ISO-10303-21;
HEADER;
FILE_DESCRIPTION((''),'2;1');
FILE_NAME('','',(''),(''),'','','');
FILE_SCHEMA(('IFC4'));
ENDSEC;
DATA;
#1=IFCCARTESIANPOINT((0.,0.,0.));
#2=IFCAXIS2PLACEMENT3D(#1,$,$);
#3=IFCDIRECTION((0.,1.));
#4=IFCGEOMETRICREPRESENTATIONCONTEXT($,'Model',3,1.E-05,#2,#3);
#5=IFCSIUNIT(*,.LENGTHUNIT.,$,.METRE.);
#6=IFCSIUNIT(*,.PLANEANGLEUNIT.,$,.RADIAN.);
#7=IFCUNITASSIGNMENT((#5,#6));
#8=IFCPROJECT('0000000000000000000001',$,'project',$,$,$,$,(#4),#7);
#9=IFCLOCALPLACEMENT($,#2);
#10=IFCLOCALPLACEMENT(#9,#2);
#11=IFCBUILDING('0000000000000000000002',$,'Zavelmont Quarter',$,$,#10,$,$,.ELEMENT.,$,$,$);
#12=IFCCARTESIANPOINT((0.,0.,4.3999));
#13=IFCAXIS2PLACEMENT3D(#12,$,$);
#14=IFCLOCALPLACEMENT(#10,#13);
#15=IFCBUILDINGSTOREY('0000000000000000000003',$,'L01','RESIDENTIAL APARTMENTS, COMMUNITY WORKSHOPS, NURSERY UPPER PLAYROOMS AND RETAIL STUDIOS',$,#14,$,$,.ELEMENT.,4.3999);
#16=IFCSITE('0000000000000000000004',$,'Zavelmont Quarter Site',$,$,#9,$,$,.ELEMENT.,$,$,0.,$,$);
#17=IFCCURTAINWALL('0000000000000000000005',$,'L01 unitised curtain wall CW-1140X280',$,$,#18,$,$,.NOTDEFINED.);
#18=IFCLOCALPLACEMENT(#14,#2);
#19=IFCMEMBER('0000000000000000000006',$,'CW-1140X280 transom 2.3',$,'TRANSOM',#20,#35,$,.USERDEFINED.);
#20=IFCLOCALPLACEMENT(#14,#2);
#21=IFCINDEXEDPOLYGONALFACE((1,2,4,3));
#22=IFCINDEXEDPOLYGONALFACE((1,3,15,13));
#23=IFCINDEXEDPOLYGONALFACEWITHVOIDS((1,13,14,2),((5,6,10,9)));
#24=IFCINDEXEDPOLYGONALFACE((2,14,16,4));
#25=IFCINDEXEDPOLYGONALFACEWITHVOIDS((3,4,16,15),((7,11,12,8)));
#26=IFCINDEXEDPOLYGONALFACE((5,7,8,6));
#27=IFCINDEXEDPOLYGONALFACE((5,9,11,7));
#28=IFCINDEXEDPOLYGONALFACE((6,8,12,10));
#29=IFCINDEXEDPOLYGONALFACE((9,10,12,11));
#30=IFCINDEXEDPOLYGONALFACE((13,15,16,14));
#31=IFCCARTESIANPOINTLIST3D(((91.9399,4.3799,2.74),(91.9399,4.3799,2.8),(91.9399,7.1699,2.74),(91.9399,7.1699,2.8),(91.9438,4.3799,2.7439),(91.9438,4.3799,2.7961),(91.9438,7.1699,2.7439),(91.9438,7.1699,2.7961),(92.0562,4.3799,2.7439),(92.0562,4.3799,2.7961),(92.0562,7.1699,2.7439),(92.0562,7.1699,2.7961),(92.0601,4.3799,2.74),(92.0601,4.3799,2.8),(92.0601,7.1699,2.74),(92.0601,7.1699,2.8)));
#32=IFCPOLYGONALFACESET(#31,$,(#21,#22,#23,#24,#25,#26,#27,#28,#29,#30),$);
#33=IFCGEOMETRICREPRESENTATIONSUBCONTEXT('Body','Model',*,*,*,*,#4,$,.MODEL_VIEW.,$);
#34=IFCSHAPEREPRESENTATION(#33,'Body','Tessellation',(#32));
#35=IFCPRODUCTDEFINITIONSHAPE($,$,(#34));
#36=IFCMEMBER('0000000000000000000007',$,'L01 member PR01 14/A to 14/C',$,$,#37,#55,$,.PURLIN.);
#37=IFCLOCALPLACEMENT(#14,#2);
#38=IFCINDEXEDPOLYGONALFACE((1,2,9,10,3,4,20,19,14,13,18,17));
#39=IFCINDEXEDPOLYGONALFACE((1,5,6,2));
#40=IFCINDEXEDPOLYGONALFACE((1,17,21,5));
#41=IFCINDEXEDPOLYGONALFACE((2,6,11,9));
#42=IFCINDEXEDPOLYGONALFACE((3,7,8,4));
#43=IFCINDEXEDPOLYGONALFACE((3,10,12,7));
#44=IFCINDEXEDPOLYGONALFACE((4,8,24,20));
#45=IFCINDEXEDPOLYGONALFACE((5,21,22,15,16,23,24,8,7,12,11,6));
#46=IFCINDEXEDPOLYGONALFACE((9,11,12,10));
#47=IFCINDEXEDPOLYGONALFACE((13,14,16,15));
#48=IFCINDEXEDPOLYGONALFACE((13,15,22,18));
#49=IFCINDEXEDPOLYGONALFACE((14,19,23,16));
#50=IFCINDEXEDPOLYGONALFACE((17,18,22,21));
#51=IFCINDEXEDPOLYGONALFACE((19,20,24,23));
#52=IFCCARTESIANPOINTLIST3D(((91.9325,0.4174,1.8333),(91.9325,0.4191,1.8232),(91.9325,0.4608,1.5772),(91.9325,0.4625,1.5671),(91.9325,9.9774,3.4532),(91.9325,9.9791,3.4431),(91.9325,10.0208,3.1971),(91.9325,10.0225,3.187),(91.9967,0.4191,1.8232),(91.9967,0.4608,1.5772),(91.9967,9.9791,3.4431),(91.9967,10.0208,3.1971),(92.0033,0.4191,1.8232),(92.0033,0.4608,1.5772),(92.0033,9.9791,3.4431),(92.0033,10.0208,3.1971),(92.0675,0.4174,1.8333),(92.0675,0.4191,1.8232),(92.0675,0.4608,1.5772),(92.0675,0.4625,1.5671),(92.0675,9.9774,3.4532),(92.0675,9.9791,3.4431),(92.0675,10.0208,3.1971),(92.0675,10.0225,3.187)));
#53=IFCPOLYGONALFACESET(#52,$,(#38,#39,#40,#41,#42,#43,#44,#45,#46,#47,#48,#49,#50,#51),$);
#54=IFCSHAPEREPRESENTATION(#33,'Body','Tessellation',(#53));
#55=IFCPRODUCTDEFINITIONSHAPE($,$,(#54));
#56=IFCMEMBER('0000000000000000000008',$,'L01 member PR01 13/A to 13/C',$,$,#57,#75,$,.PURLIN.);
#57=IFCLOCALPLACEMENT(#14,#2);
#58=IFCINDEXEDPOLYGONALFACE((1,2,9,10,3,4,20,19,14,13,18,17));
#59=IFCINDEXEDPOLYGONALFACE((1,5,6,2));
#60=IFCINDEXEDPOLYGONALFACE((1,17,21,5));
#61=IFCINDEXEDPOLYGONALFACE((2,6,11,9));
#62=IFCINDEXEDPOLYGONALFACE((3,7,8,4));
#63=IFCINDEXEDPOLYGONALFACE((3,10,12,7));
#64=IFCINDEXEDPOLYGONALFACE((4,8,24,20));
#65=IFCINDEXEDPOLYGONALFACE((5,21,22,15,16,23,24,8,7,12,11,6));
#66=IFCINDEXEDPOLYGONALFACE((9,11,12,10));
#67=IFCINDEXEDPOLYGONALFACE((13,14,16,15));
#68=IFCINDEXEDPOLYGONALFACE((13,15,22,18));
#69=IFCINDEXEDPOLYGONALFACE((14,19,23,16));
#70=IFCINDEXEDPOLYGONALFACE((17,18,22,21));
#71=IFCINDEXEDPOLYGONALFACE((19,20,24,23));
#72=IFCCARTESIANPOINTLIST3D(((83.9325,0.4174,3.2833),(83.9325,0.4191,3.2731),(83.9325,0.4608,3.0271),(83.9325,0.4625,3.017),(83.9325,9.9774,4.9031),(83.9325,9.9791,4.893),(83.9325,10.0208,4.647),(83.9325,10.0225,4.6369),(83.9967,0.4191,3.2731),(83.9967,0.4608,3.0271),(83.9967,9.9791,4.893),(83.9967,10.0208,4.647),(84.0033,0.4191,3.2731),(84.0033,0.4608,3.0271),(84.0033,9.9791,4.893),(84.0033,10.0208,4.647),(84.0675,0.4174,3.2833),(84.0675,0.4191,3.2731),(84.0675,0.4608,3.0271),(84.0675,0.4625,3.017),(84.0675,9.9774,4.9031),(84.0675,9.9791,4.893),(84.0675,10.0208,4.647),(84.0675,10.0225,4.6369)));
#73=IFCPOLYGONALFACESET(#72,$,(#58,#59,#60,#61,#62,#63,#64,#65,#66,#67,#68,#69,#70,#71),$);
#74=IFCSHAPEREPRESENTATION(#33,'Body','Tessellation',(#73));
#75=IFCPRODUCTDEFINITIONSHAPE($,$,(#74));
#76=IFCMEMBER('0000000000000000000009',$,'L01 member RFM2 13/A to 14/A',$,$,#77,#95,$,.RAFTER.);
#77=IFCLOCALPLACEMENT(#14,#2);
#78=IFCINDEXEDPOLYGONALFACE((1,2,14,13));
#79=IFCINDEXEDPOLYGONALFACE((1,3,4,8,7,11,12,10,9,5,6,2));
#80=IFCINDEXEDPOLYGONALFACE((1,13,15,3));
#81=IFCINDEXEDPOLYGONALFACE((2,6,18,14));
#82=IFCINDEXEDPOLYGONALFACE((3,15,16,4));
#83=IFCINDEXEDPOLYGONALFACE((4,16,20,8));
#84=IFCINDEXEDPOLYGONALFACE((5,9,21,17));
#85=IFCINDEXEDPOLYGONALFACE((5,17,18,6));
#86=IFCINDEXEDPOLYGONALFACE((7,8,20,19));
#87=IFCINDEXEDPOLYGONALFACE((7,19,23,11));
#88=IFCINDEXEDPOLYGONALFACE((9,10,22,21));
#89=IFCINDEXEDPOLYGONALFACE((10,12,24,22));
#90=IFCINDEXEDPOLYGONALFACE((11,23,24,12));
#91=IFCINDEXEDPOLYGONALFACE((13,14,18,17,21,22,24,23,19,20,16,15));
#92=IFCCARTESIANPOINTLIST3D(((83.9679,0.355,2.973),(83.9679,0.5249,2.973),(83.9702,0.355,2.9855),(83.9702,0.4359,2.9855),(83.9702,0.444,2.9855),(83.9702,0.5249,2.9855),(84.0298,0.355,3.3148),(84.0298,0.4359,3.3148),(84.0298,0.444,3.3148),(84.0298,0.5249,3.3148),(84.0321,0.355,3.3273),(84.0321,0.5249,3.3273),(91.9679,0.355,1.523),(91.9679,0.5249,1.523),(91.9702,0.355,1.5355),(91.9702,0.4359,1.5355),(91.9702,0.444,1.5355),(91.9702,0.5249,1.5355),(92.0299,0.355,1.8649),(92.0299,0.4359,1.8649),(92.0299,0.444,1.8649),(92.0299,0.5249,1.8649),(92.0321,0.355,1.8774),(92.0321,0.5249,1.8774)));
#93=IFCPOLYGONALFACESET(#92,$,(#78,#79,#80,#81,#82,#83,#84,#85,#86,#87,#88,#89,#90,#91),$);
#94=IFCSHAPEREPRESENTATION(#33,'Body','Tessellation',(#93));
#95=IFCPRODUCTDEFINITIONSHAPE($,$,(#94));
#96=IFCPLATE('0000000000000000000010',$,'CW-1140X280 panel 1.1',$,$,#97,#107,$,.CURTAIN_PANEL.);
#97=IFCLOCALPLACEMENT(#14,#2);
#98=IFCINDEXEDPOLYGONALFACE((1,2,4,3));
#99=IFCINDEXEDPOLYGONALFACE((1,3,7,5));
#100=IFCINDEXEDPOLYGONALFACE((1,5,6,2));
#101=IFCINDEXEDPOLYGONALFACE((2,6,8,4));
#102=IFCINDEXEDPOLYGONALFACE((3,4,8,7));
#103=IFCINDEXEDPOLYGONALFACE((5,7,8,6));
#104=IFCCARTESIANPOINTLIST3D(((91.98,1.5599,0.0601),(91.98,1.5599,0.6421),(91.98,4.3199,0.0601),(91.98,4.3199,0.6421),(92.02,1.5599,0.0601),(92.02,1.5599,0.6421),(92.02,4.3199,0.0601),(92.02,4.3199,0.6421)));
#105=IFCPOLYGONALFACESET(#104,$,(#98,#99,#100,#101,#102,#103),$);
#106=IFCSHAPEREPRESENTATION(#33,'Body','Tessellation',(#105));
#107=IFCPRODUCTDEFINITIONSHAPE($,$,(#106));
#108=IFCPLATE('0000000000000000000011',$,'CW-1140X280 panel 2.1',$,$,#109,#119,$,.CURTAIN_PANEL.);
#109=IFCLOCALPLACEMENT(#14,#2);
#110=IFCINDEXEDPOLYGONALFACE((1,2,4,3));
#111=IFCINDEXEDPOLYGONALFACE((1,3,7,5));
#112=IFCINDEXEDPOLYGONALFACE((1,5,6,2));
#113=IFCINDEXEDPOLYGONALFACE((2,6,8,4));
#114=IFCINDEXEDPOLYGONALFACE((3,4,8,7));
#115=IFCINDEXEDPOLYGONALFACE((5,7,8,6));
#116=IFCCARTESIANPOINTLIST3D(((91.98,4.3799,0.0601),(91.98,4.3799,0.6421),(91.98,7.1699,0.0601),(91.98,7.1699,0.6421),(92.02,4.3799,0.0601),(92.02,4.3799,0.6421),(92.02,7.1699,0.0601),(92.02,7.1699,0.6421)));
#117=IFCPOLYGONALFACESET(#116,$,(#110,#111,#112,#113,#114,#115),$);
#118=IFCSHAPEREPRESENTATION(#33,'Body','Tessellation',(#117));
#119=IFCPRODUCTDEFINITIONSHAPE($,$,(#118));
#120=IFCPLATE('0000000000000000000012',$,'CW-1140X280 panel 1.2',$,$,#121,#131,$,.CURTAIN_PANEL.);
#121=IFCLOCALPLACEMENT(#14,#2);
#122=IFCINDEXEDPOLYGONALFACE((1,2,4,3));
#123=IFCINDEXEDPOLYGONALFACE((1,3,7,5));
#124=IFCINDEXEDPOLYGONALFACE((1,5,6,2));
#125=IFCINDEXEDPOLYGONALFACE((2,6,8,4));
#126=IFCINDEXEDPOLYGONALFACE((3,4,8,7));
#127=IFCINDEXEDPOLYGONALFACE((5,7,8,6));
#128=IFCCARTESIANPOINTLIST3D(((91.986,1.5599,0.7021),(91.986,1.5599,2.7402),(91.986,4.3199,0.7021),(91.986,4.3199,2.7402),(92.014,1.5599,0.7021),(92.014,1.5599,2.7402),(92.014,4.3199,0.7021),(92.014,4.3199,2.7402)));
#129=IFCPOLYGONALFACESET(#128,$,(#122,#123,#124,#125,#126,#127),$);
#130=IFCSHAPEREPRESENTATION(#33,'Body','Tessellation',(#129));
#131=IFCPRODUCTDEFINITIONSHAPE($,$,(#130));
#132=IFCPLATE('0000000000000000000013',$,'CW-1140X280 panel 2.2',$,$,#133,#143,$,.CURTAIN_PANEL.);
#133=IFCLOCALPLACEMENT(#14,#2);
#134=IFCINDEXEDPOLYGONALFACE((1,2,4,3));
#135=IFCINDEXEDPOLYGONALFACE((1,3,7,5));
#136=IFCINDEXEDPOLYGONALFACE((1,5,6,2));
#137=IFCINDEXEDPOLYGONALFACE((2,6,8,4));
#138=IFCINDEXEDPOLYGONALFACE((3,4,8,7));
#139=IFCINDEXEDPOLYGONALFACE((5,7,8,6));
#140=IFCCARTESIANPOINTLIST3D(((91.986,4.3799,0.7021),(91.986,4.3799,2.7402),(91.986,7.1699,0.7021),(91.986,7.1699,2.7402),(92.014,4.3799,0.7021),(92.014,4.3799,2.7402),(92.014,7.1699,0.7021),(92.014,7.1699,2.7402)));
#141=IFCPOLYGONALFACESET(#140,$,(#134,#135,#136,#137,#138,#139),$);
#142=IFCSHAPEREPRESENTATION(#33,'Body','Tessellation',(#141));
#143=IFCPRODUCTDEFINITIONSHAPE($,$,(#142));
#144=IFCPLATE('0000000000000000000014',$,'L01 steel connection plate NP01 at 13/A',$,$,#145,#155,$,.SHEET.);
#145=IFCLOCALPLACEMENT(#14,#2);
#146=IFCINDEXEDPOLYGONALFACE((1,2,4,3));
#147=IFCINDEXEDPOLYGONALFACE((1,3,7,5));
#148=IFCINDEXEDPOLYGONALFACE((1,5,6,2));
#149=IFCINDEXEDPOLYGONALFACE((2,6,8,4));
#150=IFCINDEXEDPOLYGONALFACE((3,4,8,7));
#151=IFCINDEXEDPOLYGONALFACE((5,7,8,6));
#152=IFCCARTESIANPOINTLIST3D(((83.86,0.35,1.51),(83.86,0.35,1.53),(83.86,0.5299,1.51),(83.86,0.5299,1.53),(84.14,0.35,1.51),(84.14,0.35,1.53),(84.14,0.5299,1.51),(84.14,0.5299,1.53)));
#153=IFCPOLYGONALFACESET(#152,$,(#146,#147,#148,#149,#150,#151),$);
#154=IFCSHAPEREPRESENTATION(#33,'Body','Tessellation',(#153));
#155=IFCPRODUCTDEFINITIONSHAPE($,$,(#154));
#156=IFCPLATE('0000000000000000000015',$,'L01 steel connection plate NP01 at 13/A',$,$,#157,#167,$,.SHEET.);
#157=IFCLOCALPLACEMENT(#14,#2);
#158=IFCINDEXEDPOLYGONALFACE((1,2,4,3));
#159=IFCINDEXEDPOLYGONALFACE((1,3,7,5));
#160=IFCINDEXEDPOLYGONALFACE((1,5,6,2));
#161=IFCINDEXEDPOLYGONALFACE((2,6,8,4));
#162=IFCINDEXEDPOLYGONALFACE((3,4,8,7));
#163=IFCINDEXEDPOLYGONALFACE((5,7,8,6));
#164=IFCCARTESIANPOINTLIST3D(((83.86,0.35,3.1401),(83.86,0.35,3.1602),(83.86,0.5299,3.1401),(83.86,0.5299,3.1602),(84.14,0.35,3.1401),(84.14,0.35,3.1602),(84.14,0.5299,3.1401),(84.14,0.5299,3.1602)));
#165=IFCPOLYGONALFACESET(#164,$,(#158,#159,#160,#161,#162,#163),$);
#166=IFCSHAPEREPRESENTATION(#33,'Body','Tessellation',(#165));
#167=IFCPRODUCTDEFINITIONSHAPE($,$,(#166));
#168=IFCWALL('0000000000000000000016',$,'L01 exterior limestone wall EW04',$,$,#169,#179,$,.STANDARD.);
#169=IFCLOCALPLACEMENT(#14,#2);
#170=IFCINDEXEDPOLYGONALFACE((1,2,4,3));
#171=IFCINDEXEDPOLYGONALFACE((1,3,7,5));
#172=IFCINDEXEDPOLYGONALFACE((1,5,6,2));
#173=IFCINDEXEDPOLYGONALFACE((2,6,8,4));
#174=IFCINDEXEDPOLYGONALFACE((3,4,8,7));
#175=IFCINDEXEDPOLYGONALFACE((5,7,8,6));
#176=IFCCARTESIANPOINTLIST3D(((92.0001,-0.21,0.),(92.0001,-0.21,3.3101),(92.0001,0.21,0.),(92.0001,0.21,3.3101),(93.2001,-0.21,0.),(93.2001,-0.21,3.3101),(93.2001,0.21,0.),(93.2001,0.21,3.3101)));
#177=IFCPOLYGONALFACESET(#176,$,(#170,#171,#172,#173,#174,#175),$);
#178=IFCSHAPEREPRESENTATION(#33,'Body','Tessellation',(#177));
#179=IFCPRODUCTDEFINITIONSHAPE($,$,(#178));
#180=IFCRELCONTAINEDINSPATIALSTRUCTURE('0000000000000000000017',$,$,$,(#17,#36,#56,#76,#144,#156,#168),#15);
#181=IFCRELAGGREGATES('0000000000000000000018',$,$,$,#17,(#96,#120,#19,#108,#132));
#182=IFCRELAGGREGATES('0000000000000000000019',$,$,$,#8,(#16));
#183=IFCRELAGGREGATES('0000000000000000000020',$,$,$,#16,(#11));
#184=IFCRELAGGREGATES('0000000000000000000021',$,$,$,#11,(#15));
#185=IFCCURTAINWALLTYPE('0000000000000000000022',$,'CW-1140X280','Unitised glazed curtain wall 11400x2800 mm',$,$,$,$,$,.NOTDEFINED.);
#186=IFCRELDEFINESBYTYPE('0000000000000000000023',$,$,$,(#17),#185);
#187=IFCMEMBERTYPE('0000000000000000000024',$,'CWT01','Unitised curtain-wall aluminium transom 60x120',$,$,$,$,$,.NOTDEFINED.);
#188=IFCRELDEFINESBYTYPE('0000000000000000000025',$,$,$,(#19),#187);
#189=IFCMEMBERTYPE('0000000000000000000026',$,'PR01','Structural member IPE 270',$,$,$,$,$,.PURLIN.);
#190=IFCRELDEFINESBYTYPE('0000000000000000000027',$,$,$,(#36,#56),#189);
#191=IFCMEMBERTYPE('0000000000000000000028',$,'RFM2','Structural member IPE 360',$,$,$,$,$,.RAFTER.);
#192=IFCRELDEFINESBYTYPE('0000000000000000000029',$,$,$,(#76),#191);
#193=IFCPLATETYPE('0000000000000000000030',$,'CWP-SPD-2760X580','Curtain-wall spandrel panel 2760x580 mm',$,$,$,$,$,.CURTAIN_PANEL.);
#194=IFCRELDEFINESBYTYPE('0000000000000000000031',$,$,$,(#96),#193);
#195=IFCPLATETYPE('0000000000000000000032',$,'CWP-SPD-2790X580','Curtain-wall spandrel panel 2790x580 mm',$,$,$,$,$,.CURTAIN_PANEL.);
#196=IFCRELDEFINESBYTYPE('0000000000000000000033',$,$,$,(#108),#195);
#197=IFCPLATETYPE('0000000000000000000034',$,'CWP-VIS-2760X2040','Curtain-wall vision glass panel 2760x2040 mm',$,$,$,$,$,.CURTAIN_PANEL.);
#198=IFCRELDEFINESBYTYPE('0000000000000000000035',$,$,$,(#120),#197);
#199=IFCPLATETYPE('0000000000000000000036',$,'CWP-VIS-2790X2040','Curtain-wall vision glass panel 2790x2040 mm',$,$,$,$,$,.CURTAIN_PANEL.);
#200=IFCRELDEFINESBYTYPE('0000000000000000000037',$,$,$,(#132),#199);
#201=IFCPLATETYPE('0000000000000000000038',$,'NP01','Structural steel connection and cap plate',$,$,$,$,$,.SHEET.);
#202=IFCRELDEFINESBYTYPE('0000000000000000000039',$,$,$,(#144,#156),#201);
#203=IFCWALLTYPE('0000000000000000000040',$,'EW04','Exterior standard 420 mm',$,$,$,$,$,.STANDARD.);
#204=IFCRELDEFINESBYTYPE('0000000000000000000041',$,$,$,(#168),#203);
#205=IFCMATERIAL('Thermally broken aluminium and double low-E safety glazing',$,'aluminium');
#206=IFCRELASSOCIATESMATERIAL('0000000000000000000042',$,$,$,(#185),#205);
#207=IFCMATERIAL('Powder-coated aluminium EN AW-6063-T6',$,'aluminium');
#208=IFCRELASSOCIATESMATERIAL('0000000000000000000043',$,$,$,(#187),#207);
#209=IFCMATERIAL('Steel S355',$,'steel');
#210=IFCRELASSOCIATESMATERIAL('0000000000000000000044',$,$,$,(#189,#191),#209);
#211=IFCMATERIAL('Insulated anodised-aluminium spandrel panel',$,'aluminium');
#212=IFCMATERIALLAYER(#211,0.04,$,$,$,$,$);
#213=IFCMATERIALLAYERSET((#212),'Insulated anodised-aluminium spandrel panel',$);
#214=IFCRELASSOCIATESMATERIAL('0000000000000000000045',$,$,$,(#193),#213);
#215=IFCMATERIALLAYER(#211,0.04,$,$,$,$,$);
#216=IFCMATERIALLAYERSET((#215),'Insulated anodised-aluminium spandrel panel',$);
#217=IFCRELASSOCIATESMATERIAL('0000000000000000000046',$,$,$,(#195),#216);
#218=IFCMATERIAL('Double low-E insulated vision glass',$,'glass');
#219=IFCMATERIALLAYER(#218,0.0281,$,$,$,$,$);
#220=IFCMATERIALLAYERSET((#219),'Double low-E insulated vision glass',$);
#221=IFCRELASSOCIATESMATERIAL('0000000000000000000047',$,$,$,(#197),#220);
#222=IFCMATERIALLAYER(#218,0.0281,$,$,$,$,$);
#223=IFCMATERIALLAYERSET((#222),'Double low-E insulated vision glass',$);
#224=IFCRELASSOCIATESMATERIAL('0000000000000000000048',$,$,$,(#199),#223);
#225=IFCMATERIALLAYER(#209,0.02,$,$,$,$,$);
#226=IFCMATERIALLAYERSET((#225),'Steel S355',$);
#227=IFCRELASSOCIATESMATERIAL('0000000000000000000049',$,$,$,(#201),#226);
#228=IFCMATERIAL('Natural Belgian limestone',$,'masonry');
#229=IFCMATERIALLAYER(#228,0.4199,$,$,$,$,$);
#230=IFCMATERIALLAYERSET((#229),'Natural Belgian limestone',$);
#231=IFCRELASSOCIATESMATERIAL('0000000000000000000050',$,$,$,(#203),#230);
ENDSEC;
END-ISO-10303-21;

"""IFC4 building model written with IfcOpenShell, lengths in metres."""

from ifc_helpers import new_model, si_unit, direction, frame, frame_2d, origin, origin_2d, place, context, subcontext, project, spatial, rectangle, hollow_rectangle, i_section, extrude, material, layer, layer_set, material_profile, profile_set, type_object, element, aggregate, save


model = new_model("IFC4")

# Units and contexts
model_context = context("Model", 3, precision=1e-05, world=origin(), true_north=direction((0.0, 1.0)))
body_context = subcontext(model_context, "Body", "Model", "MODEL_VIEW")
ifc_project = project(units=[si_unit("LENGTHUNIT", "METRE"), si_unit("PLANEANGLEUNIT", "RADIAN")], contexts=[model_context])

# Site, building, storey
site_placement = place(None, origin())
site = spatial("IfcSite", under=ifc_project, at=site_placement, Name="Zavelmont Quarter Site", CompositionType="ELEMENT", RefElevation=0.0)
building_placement = place(site_placement, origin())
building = spatial("IfcBuilding", under=site, at=building_placement, Name="Zavelmont Quarter", CompositionType="ELEMENT")
storey_placement = place(building_placement, frame((0.0, 0.0, 4.3999)))
storey = spatial("IfcBuildingStorey", under=building, at=storey_placement, Name="L01", Description="RESIDENTIAL APARTMENTS, COMMUNITY WORKSHOPS, NURSERY UPPER PLAYROOMS AND RETAIL STUDIOS", CompositionType="ELEMENT", Elevation=4.3999)

# Shared definitions
ifc_material_1 = material(Name="Steel S355", Category="steel")

# Curtain wall, member
ifc_material_2 = material(Name="Thermally broken aluminium and double low-E safety glazing", Category="aluminium")
curtain_wall_type = type_object("IfcCurtainWallType", Name="CW-1140X280", Description="Unitised glazed curtain wall 11400x2800 mm", PredefinedType="NOTDEFINED", material=ifc_material_2)
curtain_wall_placement = place(storey_placement, origin())
curtain_wall = element("IfcCurtainWall", 1, at=curtain_wall_placement, inside=storey, type_object=curtain_wall_type, Name="L01 unitised curtain wall CW-1140X280", PredefinedType="NOTDEFINED")
ifc_material_3 = material(Name="Powder-coated aluminium EN AW-6063-T6", Category="aluminium")
ifc_material_profile_1 = material_profile(ifc_material_3, hollow_rectangle(XDim=0.1201, YDim=0.0601, WallThickness=0.0039, at=origin_2d()), Name="CWT60X120")
ifc_profile_set_1 = profile_set([ifc_material_profile_1], Name="Powder-coated aluminium EN AW-6063-T6")
member_type_1 = type_object("IfcMemberType", Name="CWT01", Description="Unitised curtain-wall aluminium transom 60x120", PredefinedType="NOTDEFINED", material=ifc_profile_set_1)
member_1_placement = place(storey_placement, frame((92.0, 4.3799, 2.77), z_axis=(0.0, 1.0, 0.0), x_axis=(-1.0, 0.0, 0.0)))
member_1 = element("IfcMember", 2, at=member_1_placement, type_object=member_type_1, Name="CW-1140X280 transom 2.3", ObjectType="TRANSOM", PredefinedType="USERDEFINED", context=body_context, shape_type="SweptSolid", body=[
    extrude(hollow_rectangle(XDim=0.1201, YDim=0.0601, WallThickness=0.0039, at=origin_2d()), origin(), (0.0, 0.0, 1.0), 2.79),
])

# Members
ifc_material_profile_2 = material_profile(ifc_material_1, i_section(OverallWidth=0.135, OverallDepth=0.27, WebThickness=0.0066, FlangeThickness=0.0103, at=origin_2d()), Name="IPE 270")
ifc_profile_set_2 = profile_set([ifc_material_profile_2], Name="Steel S355")
member_type_2 = type_object("IfcMemberType", Name="PR01", Description="Structural member IPE 270", PredefinedType="PURLIN", material=ifc_profile_set_2)
for number, where, z_axis, x_axis, name in (
    (3, (92.0, 0.4399, 1.7002), (0.0, 0.985947, 0.167061), (-1.0, 0.0, 0.0), "L01 member PR01 14/A to 14/C"),
    (4, (84.0, 0.4399, 3.1501), (0.0, 0.985947, 0.167061), (-1.0, 0.0, 0.0), "L01 member PR01 13/A to 13/C"),
):
    element("IfcMember", number, at=place(storey_placement, frame(where, z_axis=z_axis, x_axis=x_axis)), inside=storey, type_object=member_type_2, Name=name, PredefinedType="PURLIN", context=body_context, shape_type="SweptSolid", body=[
        extrude(i_section(OverallWidth=0.135, OverallDepth=0.27, WebThickness=0.0066, FlangeThickness=0.0103, at=origin_2d()), origin(), (0.0, 0.0, 1.0), 9.6963),
    ])
ifc_material_profile_3 = material_profile(ifc_material_1, i_section(OverallWidth=0.1699, OverallDepth=0.3601, WebThickness=0.0081, FlangeThickness=0.0127, at=origin_2d()), Name="IPE 360")
ifc_profile_set_3 = profile_set([ifc_material_profile_3], Name="Steel S355")
member_type_3 = type_object("IfcMemberType", Name="RFM2", Description="Structural member IPE 360", PredefinedType="RAFTER", material=ifc_profile_set_3)
member_2_placement = place(storey_placement, frame((84.0, 0.4399, 3.1501), z_axis=(0.983969, 0.0, -0.178338), x_axis=(0.0, 1.0, 0.0)))
element("IfcMember", 5, at=member_2_placement, inside=storey, type_object=member_type_3, Name="L01 member RFM2 13/A to 14/A", PredefinedType="RAFTER", context=body_context, shape_type="SweptSolid", body=[
    extrude(i_section(OverallWidth=0.1699, OverallDepth=0.3601, WebThickness=0.0081, FlangeThickness=0.0127, at=origin_2d()), origin(), (0.0, 0.0, 1.0), 8.1304),
])

# Plates
ifc_material_4 = material(Name="Insulated anodised-aluminium spandrel panel", Category="aluminium")
ifc_layer_1 = layer(ifc_material_4, 0.04)
ifc_layer_set_1 = layer_set([ifc_layer_1], Name="Insulated anodised-aluminium spandrel panel")
plate_type_1 = type_object("IfcPlateType", Name="CWP-SPD-2760X580", Description="Curtain-wall spandrel panel 2760x580 mm", PredefinedType="CURTAIN_PANEL", material=ifc_layer_set_1)
plate_1_placement = place(storey_placement, frame((92.0, 2.9399, 0.0601), z_axis=(0.0, 0.0, 1.0), x_axis=(0.0, 1.0, 0.0)))
plate_1 = element("IfcPlate", 6, at=plate_1_placement, type_object=plate_type_1, Name="CW-1140X280 panel 1.1", PredefinedType="CURTAIN_PANEL", context=body_context, shape_type="SweptSolid", body=[
    extrude(rectangle(XDim=2.76, YDim=0.04, at=origin_2d()), origin(), (0.0, 0.0, 1.0), 0.582),
])
ifc_layer_2 = layer(ifc_material_4, 0.04)
ifc_layer_set_2 = layer_set([ifc_layer_2], Name="Insulated anodised-aluminium spandrel panel")
plate_type_2 = type_object("IfcPlateType", Name="CWP-SPD-2790X580", Description="Curtain-wall spandrel panel 2790x580 mm", PredefinedType="CURTAIN_PANEL", material=ifc_layer_set_2)
plate_2_placement = place(storey_placement, frame((92.0, 5.7749, 0.0601), z_axis=(0.0, 0.0, 1.0), x_axis=(0.0, 1.0, 0.0)))
plate_2 = element("IfcPlate", 7, at=plate_2_placement, type_object=plate_type_2, Name="CW-1140X280 panel 2.1", PredefinedType="CURTAIN_PANEL", context=body_context, shape_type="SweptSolid", body=[
    extrude(rectangle(XDim=2.79, YDim=0.04, at=origin_2d()), origin(), (0.0, 0.0, 1.0), 0.582),
])
ifc_material_5 = material(Name="Double low-E insulated vision glass", Category="glass")
ifc_layer_3 = layer(ifc_material_5, 0.0281)
ifc_layer_set_3 = layer_set([ifc_layer_3], Name="Double low-E insulated vision glass")
plate_type_3 = type_object("IfcPlateType", Name="CWP-VIS-2760X2040", Description="Curtain-wall vision glass panel 2760x2040 mm", PredefinedType="CURTAIN_PANEL", material=ifc_layer_set_3)
plate_3_placement = place(storey_placement, frame((92.0, 2.9399, 0.7021), z_axis=(0.0, 0.0, 1.0), x_axis=(0.0, 1.0, 0.0)))
plate_3 = element("IfcPlate", 8, at=plate_3_placement, type_object=plate_type_3, Name="CW-1140X280 panel 1.2", PredefinedType="CURTAIN_PANEL", context=body_context, shape_type="SweptSolid", body=[
    extrude(rectangle(XDim=2.76, YDim=0.0281, at=origin_2d()), origin(), (0.0, 0.0, 1.0), 2.0381),
])
ifc_layer_4 = layer(ifc_material_5, 0.0281)
ifc_layer_set_4 = layer_set([ifc_layer_4], Name="Double low-E insulated vision glass")
plate_type_4 = type_object("IfcPlateType", Name="CWP-VIS-2790X2040", Description="Curtain-wall vision glass panel 2790x2040 mm", PredefinedType="CURTAIN_PANEL", material=ifc_layer_set_4)
plate_4_placement = place(storey_placement, frame((92.0, 5.7749, 0.7021), z_axis=(0.0, 0.0, 1.0), x_axis=(0.0, 1.0, 0.0)))
plate_4 = element("IfcPlate", 9, at=plate_4_placement, type_object=plate_type_4, Name="CW-1140X280 panel 2.2", PredefinedType="CURTAIN_PANEL", context=body_context, shape_type="SweptSolid", body=[
    extrude(rectangle(XDim=2.79, YDim=0.0281, at=origin_2d()), origin(), (0.0, 0.0, 1.0), 2.0381),
])
aggregate(curtain_wall, [plate_1, plate_3, member_1, plate_2, plate_4])

# Plates
ifc_layer_5 = layer(ifc_material_1, 0.02)
ifc_layer_set_5 = layer_set([ifc_layer_5], Name="Steel S355")
plate_type_5 = type_object("IfcPlateType", Name="NP01", Description="Structural steel connection and cap plate", PredefinedType="SHEET", material=ifc_layer_set_5)
for number, where, z_axis, x_axis, name in (
    (10, (84.0, 0.4399, 1.51), (0.0, 0.0, 1.0), (1.0, 0.0, 0.0), "L01 steel connection plate NP01 at 13/A"),
    (11, (84.0, 0.4399, 3.1401), (0.0, 0.0, 1.0), (1.0, 0.0, 0.0), "L01 steel connection plate NP01 at 13/A"),
):
    element("IfcPlate", number, at=place(storey_placement, frame(where, z_axis=z_axis, x_axis=x_axis)), inside=storey, type_object=plate_type_5, Name=name, PredefinedType="SHEET", context=body_context, shape_type="SweptSolid", body=[
        extrude(rectangle(XDim=0.28, YDim=0.1799, at=origin_2d()), origin(), (0.0, 0.0, 1.0), 0.02),
    ])

# Wall
ifc_material_6 = material(Name="Natural Belgian limestone", Category="masonry")
ifc_layer_6 = layer(ifc_material_6, 0.4199)
ifc_layer_set_6 = layer_set([ifc_layer_6], Name="Natural Belgian limestone")
wall_type = type_object("IfcWallType", Name="EW04", Description="Exterior standard 420 mm", PredefinedType="STANDARD", material=ifc_layer_set_6)
wall_1_placement = place(storey_placement, frame((92.0, 0.0, 0.0), z_axis=(0.0, 0.0, 1.0), x_axis=(1.0, 0.0, 0.0)))
element("IfcWall", 12, at=wall_1_placement, inside=storey, type_object=wall_type, Name="L01 exterior limestone wall EW04", PredefinedType="STANDARD", context=body_context, shape_type="SweptSolid", body=[
    extrude(rectangle(XDim=1.2, YDim=0.4199, at=frame_2d((0.6001, 0.0))), origin(), (0.0, 0.0, 1.0), 3.3101),
])

save(model, "model.ifc")
